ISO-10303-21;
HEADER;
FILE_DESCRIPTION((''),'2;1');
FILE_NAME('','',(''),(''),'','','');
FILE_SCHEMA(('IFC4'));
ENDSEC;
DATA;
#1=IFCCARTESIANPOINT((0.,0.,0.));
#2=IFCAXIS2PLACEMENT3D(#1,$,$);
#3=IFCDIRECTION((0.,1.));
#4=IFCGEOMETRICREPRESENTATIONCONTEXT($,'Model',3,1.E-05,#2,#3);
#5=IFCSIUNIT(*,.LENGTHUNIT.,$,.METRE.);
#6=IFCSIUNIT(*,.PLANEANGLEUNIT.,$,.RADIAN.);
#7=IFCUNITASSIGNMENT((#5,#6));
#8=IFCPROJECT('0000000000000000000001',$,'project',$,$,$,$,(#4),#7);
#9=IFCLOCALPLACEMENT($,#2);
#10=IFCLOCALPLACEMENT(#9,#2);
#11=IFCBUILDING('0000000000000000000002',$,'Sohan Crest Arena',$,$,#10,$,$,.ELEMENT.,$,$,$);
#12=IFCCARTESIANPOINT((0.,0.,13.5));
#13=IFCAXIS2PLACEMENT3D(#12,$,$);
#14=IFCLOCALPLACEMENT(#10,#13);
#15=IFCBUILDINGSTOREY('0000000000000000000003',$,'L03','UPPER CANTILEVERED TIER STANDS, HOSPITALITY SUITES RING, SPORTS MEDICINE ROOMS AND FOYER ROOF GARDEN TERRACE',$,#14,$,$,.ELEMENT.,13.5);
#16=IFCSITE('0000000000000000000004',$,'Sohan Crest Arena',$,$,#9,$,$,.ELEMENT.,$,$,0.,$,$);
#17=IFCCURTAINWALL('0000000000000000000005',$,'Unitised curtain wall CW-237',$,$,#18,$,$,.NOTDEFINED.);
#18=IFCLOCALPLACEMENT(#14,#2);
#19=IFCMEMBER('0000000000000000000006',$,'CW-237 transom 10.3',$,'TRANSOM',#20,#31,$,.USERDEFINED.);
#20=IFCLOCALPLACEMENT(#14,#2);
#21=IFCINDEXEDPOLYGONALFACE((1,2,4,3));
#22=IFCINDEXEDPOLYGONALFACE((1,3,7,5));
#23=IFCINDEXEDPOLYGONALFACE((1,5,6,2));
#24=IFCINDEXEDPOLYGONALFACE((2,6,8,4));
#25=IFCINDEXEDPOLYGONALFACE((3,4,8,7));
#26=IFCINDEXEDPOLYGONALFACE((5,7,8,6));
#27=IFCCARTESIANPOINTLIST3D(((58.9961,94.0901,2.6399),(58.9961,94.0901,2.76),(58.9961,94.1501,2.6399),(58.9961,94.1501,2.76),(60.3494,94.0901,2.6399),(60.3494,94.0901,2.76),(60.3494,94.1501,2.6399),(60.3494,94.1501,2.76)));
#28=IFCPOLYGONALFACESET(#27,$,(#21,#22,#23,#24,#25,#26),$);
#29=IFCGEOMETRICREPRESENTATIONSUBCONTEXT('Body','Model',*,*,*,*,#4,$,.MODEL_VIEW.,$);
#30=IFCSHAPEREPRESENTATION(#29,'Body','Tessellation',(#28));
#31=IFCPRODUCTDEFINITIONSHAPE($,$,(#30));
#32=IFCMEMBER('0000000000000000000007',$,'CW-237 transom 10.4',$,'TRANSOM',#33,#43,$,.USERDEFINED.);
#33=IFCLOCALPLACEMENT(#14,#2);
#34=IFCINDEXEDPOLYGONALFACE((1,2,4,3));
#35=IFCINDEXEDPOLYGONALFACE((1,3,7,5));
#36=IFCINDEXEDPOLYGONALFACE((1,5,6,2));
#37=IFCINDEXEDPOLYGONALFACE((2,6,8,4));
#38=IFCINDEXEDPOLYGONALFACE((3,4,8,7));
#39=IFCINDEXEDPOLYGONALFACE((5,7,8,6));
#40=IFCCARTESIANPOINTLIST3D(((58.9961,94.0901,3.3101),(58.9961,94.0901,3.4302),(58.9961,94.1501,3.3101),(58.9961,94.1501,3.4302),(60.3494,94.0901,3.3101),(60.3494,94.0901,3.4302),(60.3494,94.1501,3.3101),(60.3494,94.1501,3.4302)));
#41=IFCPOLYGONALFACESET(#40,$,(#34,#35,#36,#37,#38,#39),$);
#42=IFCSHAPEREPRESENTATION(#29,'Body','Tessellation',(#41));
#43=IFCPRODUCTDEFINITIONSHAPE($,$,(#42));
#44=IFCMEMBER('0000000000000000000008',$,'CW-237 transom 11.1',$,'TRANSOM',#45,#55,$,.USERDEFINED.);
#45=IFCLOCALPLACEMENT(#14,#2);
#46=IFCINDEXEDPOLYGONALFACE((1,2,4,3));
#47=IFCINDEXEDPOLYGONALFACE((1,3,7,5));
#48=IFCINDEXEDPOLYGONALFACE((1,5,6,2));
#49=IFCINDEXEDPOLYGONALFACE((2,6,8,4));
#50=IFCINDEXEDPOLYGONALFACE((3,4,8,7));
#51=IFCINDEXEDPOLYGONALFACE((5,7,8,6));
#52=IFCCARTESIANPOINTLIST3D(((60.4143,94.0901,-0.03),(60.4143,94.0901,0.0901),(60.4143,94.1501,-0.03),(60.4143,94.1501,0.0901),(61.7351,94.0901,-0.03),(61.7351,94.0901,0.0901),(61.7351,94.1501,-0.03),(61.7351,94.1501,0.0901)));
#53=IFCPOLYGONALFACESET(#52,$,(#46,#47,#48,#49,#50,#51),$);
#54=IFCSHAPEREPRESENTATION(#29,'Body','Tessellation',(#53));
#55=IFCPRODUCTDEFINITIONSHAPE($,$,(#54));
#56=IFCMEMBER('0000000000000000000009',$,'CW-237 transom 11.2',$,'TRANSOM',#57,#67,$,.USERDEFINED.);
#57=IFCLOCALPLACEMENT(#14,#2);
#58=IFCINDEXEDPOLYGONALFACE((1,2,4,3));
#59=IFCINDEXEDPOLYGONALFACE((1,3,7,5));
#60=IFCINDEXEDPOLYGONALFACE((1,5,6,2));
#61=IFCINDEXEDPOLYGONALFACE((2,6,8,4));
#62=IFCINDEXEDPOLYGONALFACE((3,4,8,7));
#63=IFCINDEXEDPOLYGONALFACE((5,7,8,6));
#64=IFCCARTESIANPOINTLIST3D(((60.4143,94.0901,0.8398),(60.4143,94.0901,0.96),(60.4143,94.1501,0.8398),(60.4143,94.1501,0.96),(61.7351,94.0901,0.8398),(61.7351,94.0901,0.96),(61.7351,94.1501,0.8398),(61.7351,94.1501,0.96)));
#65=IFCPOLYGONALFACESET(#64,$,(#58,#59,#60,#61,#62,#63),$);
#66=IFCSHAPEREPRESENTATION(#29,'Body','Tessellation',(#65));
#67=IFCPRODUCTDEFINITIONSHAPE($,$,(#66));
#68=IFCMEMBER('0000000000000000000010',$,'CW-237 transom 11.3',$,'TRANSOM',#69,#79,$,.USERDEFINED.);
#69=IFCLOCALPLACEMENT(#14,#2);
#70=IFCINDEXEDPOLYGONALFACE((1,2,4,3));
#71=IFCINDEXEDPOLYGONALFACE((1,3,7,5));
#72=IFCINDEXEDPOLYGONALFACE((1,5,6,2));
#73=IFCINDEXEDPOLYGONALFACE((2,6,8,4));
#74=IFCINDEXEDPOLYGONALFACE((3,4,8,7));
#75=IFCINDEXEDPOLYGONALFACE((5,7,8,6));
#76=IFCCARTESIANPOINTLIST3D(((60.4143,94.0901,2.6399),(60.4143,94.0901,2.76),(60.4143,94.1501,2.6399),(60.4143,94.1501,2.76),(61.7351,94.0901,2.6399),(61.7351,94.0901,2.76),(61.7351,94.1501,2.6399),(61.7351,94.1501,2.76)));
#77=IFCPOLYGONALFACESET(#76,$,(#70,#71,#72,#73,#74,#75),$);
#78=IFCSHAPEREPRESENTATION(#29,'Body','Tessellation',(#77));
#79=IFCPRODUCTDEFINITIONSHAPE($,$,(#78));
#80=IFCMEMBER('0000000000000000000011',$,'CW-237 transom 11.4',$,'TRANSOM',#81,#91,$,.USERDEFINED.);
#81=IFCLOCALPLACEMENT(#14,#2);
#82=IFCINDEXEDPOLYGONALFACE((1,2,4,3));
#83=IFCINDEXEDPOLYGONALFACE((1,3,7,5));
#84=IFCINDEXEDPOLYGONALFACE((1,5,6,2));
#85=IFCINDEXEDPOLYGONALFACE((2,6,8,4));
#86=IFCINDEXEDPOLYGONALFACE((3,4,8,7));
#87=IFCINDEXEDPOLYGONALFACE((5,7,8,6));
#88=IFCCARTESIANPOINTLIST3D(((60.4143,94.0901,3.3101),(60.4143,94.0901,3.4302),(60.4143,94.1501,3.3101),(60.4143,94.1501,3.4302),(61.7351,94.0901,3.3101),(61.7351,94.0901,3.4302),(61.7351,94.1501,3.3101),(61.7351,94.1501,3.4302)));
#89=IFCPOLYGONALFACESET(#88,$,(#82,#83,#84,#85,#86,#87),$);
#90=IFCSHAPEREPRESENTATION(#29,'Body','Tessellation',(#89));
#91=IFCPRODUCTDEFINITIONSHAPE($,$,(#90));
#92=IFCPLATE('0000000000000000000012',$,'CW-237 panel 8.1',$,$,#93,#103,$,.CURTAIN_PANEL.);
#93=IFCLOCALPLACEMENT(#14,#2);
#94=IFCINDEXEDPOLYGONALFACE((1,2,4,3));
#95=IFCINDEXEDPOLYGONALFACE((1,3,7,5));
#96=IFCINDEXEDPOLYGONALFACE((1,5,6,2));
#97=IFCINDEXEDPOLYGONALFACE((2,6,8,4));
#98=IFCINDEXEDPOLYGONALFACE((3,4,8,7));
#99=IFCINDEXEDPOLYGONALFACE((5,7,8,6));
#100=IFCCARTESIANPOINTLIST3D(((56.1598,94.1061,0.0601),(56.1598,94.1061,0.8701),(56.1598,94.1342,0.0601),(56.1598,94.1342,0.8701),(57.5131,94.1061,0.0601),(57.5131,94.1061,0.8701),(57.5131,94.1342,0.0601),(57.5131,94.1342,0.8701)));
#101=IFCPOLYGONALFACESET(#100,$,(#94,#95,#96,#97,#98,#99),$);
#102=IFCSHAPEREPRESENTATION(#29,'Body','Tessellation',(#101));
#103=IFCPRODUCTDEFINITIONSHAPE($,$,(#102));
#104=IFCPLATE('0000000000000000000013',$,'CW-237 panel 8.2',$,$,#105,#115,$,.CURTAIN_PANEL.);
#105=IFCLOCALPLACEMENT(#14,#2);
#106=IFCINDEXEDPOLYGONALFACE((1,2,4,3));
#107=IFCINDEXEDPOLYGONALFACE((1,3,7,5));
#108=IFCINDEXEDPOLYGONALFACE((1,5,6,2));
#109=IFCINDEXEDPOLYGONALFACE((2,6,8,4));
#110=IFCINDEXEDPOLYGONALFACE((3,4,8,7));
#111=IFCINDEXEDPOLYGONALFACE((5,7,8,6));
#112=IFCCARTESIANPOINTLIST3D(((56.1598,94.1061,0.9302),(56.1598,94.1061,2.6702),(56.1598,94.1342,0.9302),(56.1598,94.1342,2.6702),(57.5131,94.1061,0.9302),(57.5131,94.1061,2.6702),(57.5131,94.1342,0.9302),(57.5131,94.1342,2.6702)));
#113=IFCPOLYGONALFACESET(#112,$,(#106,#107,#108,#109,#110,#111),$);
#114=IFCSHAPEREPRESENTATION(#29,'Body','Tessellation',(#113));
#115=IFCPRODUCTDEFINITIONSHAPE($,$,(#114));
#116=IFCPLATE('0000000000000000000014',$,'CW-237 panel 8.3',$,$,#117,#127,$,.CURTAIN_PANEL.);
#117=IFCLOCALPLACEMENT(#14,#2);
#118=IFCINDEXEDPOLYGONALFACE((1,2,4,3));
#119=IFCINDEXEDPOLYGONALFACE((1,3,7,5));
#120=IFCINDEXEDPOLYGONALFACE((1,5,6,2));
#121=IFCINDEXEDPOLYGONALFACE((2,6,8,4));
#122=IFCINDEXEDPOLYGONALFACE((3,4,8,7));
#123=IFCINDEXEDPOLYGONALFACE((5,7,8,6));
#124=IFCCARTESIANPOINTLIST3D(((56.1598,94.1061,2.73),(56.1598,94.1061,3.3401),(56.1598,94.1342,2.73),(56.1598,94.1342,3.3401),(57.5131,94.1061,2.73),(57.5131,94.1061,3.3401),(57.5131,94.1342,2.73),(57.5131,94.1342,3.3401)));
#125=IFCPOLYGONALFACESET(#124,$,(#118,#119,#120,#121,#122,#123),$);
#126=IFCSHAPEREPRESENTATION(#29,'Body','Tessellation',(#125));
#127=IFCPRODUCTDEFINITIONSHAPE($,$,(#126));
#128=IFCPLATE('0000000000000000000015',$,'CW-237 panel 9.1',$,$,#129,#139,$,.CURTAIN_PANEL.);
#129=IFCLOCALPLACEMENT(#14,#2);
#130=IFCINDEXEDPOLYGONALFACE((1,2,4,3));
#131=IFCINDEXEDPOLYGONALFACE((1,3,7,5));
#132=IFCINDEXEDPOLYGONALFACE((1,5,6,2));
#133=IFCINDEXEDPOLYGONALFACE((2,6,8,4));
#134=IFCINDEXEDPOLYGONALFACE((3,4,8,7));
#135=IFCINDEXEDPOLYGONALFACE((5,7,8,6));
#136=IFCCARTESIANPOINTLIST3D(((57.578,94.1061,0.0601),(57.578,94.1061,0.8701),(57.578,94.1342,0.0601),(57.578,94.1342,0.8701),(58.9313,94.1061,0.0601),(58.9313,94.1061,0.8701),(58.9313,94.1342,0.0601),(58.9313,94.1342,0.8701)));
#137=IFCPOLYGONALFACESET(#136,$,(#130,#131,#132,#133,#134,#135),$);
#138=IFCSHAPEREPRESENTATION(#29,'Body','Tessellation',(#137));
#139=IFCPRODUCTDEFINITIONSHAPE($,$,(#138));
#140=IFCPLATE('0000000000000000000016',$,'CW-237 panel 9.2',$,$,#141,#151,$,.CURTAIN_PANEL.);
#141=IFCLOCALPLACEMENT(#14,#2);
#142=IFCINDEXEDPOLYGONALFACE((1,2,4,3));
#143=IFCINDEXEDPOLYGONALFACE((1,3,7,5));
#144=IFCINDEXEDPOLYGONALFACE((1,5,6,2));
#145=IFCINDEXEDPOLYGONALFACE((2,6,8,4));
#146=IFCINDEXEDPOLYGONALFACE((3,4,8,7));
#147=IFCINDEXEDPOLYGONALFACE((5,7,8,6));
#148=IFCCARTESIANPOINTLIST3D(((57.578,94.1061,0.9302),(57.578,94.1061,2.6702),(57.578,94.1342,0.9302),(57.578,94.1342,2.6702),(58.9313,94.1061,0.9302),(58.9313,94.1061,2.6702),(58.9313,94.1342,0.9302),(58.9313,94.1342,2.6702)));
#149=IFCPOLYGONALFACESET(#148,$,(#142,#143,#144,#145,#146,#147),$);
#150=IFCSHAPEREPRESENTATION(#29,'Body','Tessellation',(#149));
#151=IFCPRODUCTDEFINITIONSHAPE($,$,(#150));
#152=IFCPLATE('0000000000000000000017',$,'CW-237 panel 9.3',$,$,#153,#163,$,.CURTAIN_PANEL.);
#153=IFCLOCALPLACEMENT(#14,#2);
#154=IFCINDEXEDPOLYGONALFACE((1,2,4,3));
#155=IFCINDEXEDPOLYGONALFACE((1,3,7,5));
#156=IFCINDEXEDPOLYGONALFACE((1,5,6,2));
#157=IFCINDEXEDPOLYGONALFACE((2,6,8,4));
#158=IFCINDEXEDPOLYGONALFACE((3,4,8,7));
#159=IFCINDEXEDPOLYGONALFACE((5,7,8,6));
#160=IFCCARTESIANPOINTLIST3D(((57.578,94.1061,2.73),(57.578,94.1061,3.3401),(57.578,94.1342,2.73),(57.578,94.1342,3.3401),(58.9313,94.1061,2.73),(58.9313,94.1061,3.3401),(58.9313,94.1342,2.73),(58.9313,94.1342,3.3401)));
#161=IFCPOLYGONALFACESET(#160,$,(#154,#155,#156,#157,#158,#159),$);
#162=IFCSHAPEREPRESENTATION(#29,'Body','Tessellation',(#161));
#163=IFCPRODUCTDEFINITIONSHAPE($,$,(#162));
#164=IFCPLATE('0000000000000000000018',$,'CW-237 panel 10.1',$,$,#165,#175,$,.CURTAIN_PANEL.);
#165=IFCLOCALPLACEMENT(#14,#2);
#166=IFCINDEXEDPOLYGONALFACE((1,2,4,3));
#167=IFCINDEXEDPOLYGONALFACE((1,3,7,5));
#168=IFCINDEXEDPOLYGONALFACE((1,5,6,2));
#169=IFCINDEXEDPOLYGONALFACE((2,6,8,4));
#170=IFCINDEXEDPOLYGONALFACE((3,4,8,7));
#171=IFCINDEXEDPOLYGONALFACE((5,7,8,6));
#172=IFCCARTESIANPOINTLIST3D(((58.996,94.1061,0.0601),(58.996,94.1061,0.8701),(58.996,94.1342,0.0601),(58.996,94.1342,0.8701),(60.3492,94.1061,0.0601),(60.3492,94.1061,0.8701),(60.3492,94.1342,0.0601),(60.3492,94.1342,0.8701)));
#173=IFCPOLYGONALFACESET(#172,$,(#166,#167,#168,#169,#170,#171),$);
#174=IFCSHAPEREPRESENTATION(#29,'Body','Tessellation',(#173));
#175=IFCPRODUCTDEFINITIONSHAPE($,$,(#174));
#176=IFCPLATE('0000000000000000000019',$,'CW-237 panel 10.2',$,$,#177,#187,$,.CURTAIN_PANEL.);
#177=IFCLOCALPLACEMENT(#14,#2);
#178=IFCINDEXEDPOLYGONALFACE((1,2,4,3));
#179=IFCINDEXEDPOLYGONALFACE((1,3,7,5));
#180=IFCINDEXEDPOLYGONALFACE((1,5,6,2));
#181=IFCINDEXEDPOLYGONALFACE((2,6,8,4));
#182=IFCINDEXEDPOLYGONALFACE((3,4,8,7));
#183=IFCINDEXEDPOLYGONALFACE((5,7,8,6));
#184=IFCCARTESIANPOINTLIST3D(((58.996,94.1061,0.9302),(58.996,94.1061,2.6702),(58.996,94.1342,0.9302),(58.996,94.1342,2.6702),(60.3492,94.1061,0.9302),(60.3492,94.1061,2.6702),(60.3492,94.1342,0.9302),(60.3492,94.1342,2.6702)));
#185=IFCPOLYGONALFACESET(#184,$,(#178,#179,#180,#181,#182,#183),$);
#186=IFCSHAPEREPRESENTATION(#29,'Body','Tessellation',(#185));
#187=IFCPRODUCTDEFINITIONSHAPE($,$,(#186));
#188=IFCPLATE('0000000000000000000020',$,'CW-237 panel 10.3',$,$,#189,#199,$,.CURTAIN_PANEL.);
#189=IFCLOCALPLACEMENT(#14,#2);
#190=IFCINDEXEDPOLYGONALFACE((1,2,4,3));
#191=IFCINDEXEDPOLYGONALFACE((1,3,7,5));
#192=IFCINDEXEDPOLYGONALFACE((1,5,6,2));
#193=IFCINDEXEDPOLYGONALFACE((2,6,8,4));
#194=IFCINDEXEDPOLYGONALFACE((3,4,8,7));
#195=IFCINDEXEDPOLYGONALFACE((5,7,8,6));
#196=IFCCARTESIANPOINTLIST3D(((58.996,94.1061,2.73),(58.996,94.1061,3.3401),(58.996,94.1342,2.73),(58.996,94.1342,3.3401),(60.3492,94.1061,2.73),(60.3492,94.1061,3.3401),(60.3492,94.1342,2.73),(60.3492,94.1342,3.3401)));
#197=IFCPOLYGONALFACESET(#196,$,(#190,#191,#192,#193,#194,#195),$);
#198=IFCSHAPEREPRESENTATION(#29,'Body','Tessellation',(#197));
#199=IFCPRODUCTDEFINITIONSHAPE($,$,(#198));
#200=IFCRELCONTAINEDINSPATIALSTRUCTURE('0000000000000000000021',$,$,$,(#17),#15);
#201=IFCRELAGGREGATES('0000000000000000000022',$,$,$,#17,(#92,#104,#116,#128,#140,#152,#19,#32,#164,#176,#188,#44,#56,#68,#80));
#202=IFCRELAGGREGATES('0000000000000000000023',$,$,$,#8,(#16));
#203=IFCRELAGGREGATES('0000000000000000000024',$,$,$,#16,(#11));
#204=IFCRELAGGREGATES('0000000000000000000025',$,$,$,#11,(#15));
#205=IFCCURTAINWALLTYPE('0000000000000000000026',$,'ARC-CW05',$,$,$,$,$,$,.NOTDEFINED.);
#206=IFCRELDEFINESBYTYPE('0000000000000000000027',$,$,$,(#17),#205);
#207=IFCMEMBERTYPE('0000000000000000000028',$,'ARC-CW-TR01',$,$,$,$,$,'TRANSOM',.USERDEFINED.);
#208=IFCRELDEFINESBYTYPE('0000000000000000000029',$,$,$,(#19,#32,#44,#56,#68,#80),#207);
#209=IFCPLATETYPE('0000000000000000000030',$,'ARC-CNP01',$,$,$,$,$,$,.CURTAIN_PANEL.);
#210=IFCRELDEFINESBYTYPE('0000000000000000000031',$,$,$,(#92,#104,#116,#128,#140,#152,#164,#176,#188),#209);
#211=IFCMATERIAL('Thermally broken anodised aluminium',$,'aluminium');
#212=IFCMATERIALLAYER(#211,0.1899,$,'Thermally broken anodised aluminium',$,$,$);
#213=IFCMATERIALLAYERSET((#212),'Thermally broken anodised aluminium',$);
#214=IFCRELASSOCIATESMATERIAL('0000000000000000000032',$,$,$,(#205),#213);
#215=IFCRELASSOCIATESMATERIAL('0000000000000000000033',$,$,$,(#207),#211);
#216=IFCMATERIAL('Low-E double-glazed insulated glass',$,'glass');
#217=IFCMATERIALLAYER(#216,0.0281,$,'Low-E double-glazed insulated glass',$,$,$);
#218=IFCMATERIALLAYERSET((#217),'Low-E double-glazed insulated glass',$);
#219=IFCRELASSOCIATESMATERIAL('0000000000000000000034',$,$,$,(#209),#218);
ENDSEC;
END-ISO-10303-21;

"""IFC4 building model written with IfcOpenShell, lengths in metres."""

from ifc_helpers import new_model, si_unit, direction, frame, origin, origin_2d, place, context, subcontext, project, spatial, rectangle, extrude, material, layer, layer_set, material_profile, profile_set, type_object, element, aggregate, save


model = new_model("IFC4")

# Units and contexts
model_context = context("Model", 3, precision=1e-05, world=origin(), true_north=direction((0.0, 1.0)))
body_context = subcontext(model_context, "Body", "Model", "MODEL_VIEW")
ifc_project = project(units=[si_unit("LENGTHUNIT", "METRE"), si_unit("PLANEANGLEUNIT", "RADIAN")], contexts=[model_context])

# Site, building, storey
site_placement = place(None, origin())
site = spatial("IfcSite", under=ifc_project, at=site_placement, Name="Sohan Crest Arena", CompositionType="ELEMENT", RefElevation=0.0)
building_placement = place(site_placement, origin())
building = spatial("IfcBuilding", under=site, at=building_placement, Name="Sohan Crest Arena", CompositionType="ELEMENT")
storey_placement = place(building_placement, frame((0.0, 0.0, 13.5)))
storey = spatial("IfcBuildingStorey", under=building, at=storey_placement, Name="L03", Description="UPPER CANTILEVERED TIER STANDS, HOSPITALITY SUITES RING, SPORTS MEDICINE ROOMS AND FOYER ROOF GARDEN TERRACE", CompositionType="ELEMENT", Elevation=13.5)

# Curtain wall, members, plates
ifc_material_1 = material(Name="Thermally broken anodised aluminium", Category="aluminium")
ifc_layer_1 = layer(ifc_material_1, 0.1899, Name="Thermally broken anodised aluminium")
ifc_layer_set_1 = layer_set([ifc_layer_1], Name="Thermally broken anodised aluminium")
curtain_wall_type = type_object("IfcCurtainWallType", Name="ARC-CW05", PredefinedType="NOTDEFINED", material=ifc_layer_set_1)
curtain_wall_placement = place(storey_placement, origin())
curtain_wall = element("IfcCurtainWall", 1, at=curtain_wall_placement, inside=storey, type_object=curtain_wall_type, Name="Unitised curtain wall CW-237", PredefinedType="NOTDEFINED")
ifc_material_profile_1 = material_profile(ifc_material_1, rectangle(XDim=0.0601, YDim=0.1201, at=origin_2d()), Name="ALU-TRAN 60x120")
ifc_profile_set_1 = profile_set([ifc_material_profile_1], Name="Thermally broken anodised aluminium")
member_type_1 = type_object("IfcMemberType", Name="ARC-CW-TR01", ElementType="TRANSOM", PredefinedType="USERDEFINED", material=ifc_profile_set_1)
member_1_placement = place(storey_placement, frame((58.9961, 94.1201, 2.7), z_axis=(1.0, 0.0, 0.0), x_axis=(0.0, 1.0, 0.0)))
member_1 = element("IfcMember", 2, at=member_1_placement, type_object=member_type_1, Name="CW-237 transom 10.3", ObjectType="TRANSOM", PredefinedType="USERDEFINED", context=body_context, shape_type="SweptSolid", body=[
    extrude(rectangle(XDim=0.0601, YDim=0.1201, at=origin_2d()), origin(), (0.0, 0.0, 1.0), 1.3533),
])
member_2_placement = place(storey_placement, frame((58.9961, 94.1201, 3.3701), z_axis=(1.0, 0.0, 0.0), x_axis=(0.0, 1.0, 0.0)))
member_2 = element("IfcMember", 3, at=member_2_placement, type_object=member_type_1, Name="CW-237 transom 10.4", ObjectType="TRANSOM", PredefinedType="USERDEFINED", context=body_context, shape_type="SweptSolid", body=[
    extrude(rectangle(XDim=0.0601, YDim=0.1201, at=origin_2d()), origin(), (0.0, 0.0, 1.0), 1.3533),
])
member_3_placement = place(storey_placement, frame((60.4143, 94.1201, 0.03), z_axis=(1.0, 0.0, 0.0), x_axis=(0.0, 1.0, 0.0)))
member_3 = element("IfcMember", 4, at=member_3_placement, type_object=member_type_1, Name="CW-237 transom 11.1", ObjectType="TRANSOM", PredefinedType="USERDEFINED", context=body_context, shape_type="SweptSolid", body=[
    extrude(rectangle(XDim=0.0601, YDim=0.1201, at=origin_2d()), origin(), (0.0, 0.0, 1.0), 1.3208),
])
member_4_placement = place(storey_placement, frame((60.4143, 94.1201, 0.8999), z_axis=(1.0, 0.0, 0.0), x_axis=(0.0, 1.0, 0.0)))
member_4 = element("IfcMember", 5, at=member_4_placement, type_object=member_type_1, Name="CW-237 transom 11.2", ObjectType="TRANSOM", PredefinedType="USERDEFINED", context=body_context, shape_type="SweptSolid", body=[
    extrude(rectangle(XDim=0.0601, YDim=0.1201, at=origin_2d()), origin(), (0.0, 0.0, 1.0), 1.3208),
])
member_5_placement = place(storey_placement, frame((60.4143, 94.1201, 2.7), z_axis=(1.0, 0.0, 0.0), x_axis=(0.0, 1.0, 0.0)))
member_5 = element("IfcMember", 6, at=member_5_placement, type_object=member_type_1, Name="CW-237 transom 11.3", ObjectType="TRANSOM", PredefinedType="USERDEFINED", context=body_context, shape_type="SweptSolid", body=[
    extrude(rectangle(XDim=0.0601, YDim=0.1201, at=origin_2d()), origin(), (0.0, 0.0, 1.0), 1.3208),
])
member_6_placement = place(storey_placement, frame((60.4143, 94.1201, 3.3701), z_axis=(1.0, 0.0, 0.0), x_axis=(0.0, 1.0, 0.0)))
member_6 = element("IfcMember", 7, at=member_6_placement, type_object=member_type_1, Name="CW-237 transom 11.4", ObjectType="TRANSOM", PredefinedType="USERDEFINED", context=body_context, shape_type="SweptSolid", body=[
    extrude(rectangle(XDim=0.0601, YDim=0.1201, at=origin_2d()), origin(), (0.0, 0.0, 1.0), 1.3208),
])
ifc_material_2 = material(Name="Low-E double-glazed insulated glass", Category="glass")
ifc_layer_2 = layer(ifc_material_2, 0.0281, Name="Low-E double-glazed insulated glass")
ifc_layer_set_2 = layer_set([ifc_layer_2], Name="Low-E double-glazed insulated glass")
plate_type = type_object("IfcPlateType", Name="ARC-CNP01", PredefinedType="CURTAIN_PANEL", material=ifc_layer_set_2)
plate_1_placement = place(storey_placement, frame((56.8364, 94.1201, 0.0601), z_axis=(0.0, 0.0, 1.0), x_axis=(1.0, 0.0, 0.0)))
plate_1 = element("IfcPlate", 8, at=plate_1_placement, type_object=plate_type, Name="CW-237 panel 8.1", PredefinedType="CURTAIN_PANEL", context=body_context, shape_type="SweptSolid", body=[
    extrude(rectangle(XDim=1.3533, YDim=0.0281, at=origin_2d()), origin(), (0.0, 0.0, 1.0), 0.8101),
])
plate_2_placement = place(storey_placement, frame((56.8364, 94.1201, 0.9302), z_axis=(0.0, 0.0, 1.0), x_axis=(1.0, 0.0, 0.0)))
plate_2 = element("IfcPlate", 9, at=plate_2_placement, type_object=plate_type, Name="CW-237 panel 8.2", PredefinedType="CURTAIN_PANEL", context=body_context, shape_type="SweptSolid", body=[
    extrude(rectangle(XDim=1.3533, YDim=0.0281, at=origin_2d()), origin(), (0.0, 0.0, 1.0), 1.74),
])
plate_3_placement = place(storey_placement, frame((56.8364, 94.1201, 2.73), z_axis=(0.0, 0.0, 1.0), x_axis=(1.0, 0.0, 0.0)))
plate_3 = element("IfcPlate", 10, at=plate_3_placement, type_object=plate_type, Name="CW-237 panel 8.3", PredefinedType="CURTAIN_PANEL", context=body_context, shape_type="SweptSolid", body=[
    extrude(rectangle(XDim=1.3533, YDim=0.0281, at=origin_2d()), origin(), (0.0, 0.0, 1.0), 0.6101),
])
plate_4_placement = place(storey_placement, frame((58.2546, 94.1201, 0.0601), z_axis=(0.0, 0.0, 1.0), x_axis=(1.0, 0.0, 0.0)))
plate_4 = element("IfcPlate", 11, at=plate_4_placement, type_object=plate_type, Name="CW-237 panel 9.1", PredefinedType="CURTAIN_PANEL", context=body_context, shape_type="SweptSolid", body=[
    extrude(rectangle(XDim=1.3533, YDim=0.0281, at=origin_2d()), origin(), (0.0, 0.0, 1.0), 0.8101),
])
plate_5_placement = place(storey_placement, frame((58.2546, 94.1201, 0.9302), z_axis=(0.0, 0.0, 1.0), x_axis=(1.0, 0.0, 0.0)))
plate_5 = element("IfcPlate", 12, at=plate_5_placement, type_object=plate_type, Name="CW-237 panel 9.2", PredefinedType="CURTAIN_PANEL", context=body_context, shape_type="SweptSolid", body=[
    extrude(rectangle(XDim=1.3533, YDim=0.0281, at=origin_2d()), origin(), (0.0, 0.0, 1.0), 1.74),
])
plate_6_placement = place(storey_placement, frame((58.2546, 94.1201, 2.73), z_axis=(0.0, 0.0, 1.0), x_axis=(1.0, 0.0, 0.0)))
plate_6 = element("IfcPlate", 13, at=plate_6_placement, type_object=plate_type, Name="CW-237 panel 9.3", PredefinedType="CURTAIN_PANEL", context=body_context, shape_type="SweptSolid", body=[
    extrude(rectangle(XDim=1.3533, YDim=0.0281, at=origin_2d()), origin(), (0.0, 0.0, 1.0), 0.6101),
])
plate_7_placement = place(storey_placement, frame((59.6726, 94.1201, 0.0601), z_axis=(0.0, 0.0, 1.0), x_axis=(1.0, 0.0, 0.0)))
plate_7 = element("IfcPlate", 14, at=plate_7_placement, type_object=plate_type, Name="CW-237 panel 10.1", PredefinedType="CURTAIN_PANEL", context=body_context, shape_type="SweptSolid", body=[
    extrude(rectangle(XDim=1.3533, YDim=0.0281, at=origin_2d()), origin(), (0.0, 0.0, 1.0), 0.8101),
])
plate_8_placement = place(storey_placement, frame((59.6726, 94.1201, 0.9302), z_axis=(0.0, 0.0, 1.0), x_axis=(1.0, 0.0, 0.0)))
plate_8 = element("IfcPlate", 15, at=plate_8_placement, type_object=plate_type, Name="CW-237 panel 10.2", PredefinedType="CURTAIN_PANEL", context=body_context, shape_type="SweptSolid", body=[
    extrude(rectangle(XDim=1.3533, YDim=0.0281, at=origin_2d()), origin(), (0.0, 0.0, 1.0), 1.74),
])
plate_9_placement = place(storey_placement, frame((59.6726, 94.1201, 2.73), z_axis=(0.0, 0.0, 1.0), x_axis=(1.0, 0.0, 0.0)))
plate_9 = element("IfcPlate", 16, at=plate_9_placement, type_object=plate_type, Name="CW-237 panel 10.3", PredefinedType="CURTAIN_PANEL", context=body_context, shape_type="SweptSolid", body=[
    extrude(rectangle(XDim=1.3533, YDim=0.0281, at=origin_2d()), origin(), (0.0, 0.0, 1.0), 0.6101),
])
aggregate(curtain_wall, [plate_1, plate_2, plate_3, plate_4, plate_5, plate_6, member_1, member_2, plate_7, plate_8, plate_9, member_3, member_4, member_5, member_6])

save(model, "model.ifc")
